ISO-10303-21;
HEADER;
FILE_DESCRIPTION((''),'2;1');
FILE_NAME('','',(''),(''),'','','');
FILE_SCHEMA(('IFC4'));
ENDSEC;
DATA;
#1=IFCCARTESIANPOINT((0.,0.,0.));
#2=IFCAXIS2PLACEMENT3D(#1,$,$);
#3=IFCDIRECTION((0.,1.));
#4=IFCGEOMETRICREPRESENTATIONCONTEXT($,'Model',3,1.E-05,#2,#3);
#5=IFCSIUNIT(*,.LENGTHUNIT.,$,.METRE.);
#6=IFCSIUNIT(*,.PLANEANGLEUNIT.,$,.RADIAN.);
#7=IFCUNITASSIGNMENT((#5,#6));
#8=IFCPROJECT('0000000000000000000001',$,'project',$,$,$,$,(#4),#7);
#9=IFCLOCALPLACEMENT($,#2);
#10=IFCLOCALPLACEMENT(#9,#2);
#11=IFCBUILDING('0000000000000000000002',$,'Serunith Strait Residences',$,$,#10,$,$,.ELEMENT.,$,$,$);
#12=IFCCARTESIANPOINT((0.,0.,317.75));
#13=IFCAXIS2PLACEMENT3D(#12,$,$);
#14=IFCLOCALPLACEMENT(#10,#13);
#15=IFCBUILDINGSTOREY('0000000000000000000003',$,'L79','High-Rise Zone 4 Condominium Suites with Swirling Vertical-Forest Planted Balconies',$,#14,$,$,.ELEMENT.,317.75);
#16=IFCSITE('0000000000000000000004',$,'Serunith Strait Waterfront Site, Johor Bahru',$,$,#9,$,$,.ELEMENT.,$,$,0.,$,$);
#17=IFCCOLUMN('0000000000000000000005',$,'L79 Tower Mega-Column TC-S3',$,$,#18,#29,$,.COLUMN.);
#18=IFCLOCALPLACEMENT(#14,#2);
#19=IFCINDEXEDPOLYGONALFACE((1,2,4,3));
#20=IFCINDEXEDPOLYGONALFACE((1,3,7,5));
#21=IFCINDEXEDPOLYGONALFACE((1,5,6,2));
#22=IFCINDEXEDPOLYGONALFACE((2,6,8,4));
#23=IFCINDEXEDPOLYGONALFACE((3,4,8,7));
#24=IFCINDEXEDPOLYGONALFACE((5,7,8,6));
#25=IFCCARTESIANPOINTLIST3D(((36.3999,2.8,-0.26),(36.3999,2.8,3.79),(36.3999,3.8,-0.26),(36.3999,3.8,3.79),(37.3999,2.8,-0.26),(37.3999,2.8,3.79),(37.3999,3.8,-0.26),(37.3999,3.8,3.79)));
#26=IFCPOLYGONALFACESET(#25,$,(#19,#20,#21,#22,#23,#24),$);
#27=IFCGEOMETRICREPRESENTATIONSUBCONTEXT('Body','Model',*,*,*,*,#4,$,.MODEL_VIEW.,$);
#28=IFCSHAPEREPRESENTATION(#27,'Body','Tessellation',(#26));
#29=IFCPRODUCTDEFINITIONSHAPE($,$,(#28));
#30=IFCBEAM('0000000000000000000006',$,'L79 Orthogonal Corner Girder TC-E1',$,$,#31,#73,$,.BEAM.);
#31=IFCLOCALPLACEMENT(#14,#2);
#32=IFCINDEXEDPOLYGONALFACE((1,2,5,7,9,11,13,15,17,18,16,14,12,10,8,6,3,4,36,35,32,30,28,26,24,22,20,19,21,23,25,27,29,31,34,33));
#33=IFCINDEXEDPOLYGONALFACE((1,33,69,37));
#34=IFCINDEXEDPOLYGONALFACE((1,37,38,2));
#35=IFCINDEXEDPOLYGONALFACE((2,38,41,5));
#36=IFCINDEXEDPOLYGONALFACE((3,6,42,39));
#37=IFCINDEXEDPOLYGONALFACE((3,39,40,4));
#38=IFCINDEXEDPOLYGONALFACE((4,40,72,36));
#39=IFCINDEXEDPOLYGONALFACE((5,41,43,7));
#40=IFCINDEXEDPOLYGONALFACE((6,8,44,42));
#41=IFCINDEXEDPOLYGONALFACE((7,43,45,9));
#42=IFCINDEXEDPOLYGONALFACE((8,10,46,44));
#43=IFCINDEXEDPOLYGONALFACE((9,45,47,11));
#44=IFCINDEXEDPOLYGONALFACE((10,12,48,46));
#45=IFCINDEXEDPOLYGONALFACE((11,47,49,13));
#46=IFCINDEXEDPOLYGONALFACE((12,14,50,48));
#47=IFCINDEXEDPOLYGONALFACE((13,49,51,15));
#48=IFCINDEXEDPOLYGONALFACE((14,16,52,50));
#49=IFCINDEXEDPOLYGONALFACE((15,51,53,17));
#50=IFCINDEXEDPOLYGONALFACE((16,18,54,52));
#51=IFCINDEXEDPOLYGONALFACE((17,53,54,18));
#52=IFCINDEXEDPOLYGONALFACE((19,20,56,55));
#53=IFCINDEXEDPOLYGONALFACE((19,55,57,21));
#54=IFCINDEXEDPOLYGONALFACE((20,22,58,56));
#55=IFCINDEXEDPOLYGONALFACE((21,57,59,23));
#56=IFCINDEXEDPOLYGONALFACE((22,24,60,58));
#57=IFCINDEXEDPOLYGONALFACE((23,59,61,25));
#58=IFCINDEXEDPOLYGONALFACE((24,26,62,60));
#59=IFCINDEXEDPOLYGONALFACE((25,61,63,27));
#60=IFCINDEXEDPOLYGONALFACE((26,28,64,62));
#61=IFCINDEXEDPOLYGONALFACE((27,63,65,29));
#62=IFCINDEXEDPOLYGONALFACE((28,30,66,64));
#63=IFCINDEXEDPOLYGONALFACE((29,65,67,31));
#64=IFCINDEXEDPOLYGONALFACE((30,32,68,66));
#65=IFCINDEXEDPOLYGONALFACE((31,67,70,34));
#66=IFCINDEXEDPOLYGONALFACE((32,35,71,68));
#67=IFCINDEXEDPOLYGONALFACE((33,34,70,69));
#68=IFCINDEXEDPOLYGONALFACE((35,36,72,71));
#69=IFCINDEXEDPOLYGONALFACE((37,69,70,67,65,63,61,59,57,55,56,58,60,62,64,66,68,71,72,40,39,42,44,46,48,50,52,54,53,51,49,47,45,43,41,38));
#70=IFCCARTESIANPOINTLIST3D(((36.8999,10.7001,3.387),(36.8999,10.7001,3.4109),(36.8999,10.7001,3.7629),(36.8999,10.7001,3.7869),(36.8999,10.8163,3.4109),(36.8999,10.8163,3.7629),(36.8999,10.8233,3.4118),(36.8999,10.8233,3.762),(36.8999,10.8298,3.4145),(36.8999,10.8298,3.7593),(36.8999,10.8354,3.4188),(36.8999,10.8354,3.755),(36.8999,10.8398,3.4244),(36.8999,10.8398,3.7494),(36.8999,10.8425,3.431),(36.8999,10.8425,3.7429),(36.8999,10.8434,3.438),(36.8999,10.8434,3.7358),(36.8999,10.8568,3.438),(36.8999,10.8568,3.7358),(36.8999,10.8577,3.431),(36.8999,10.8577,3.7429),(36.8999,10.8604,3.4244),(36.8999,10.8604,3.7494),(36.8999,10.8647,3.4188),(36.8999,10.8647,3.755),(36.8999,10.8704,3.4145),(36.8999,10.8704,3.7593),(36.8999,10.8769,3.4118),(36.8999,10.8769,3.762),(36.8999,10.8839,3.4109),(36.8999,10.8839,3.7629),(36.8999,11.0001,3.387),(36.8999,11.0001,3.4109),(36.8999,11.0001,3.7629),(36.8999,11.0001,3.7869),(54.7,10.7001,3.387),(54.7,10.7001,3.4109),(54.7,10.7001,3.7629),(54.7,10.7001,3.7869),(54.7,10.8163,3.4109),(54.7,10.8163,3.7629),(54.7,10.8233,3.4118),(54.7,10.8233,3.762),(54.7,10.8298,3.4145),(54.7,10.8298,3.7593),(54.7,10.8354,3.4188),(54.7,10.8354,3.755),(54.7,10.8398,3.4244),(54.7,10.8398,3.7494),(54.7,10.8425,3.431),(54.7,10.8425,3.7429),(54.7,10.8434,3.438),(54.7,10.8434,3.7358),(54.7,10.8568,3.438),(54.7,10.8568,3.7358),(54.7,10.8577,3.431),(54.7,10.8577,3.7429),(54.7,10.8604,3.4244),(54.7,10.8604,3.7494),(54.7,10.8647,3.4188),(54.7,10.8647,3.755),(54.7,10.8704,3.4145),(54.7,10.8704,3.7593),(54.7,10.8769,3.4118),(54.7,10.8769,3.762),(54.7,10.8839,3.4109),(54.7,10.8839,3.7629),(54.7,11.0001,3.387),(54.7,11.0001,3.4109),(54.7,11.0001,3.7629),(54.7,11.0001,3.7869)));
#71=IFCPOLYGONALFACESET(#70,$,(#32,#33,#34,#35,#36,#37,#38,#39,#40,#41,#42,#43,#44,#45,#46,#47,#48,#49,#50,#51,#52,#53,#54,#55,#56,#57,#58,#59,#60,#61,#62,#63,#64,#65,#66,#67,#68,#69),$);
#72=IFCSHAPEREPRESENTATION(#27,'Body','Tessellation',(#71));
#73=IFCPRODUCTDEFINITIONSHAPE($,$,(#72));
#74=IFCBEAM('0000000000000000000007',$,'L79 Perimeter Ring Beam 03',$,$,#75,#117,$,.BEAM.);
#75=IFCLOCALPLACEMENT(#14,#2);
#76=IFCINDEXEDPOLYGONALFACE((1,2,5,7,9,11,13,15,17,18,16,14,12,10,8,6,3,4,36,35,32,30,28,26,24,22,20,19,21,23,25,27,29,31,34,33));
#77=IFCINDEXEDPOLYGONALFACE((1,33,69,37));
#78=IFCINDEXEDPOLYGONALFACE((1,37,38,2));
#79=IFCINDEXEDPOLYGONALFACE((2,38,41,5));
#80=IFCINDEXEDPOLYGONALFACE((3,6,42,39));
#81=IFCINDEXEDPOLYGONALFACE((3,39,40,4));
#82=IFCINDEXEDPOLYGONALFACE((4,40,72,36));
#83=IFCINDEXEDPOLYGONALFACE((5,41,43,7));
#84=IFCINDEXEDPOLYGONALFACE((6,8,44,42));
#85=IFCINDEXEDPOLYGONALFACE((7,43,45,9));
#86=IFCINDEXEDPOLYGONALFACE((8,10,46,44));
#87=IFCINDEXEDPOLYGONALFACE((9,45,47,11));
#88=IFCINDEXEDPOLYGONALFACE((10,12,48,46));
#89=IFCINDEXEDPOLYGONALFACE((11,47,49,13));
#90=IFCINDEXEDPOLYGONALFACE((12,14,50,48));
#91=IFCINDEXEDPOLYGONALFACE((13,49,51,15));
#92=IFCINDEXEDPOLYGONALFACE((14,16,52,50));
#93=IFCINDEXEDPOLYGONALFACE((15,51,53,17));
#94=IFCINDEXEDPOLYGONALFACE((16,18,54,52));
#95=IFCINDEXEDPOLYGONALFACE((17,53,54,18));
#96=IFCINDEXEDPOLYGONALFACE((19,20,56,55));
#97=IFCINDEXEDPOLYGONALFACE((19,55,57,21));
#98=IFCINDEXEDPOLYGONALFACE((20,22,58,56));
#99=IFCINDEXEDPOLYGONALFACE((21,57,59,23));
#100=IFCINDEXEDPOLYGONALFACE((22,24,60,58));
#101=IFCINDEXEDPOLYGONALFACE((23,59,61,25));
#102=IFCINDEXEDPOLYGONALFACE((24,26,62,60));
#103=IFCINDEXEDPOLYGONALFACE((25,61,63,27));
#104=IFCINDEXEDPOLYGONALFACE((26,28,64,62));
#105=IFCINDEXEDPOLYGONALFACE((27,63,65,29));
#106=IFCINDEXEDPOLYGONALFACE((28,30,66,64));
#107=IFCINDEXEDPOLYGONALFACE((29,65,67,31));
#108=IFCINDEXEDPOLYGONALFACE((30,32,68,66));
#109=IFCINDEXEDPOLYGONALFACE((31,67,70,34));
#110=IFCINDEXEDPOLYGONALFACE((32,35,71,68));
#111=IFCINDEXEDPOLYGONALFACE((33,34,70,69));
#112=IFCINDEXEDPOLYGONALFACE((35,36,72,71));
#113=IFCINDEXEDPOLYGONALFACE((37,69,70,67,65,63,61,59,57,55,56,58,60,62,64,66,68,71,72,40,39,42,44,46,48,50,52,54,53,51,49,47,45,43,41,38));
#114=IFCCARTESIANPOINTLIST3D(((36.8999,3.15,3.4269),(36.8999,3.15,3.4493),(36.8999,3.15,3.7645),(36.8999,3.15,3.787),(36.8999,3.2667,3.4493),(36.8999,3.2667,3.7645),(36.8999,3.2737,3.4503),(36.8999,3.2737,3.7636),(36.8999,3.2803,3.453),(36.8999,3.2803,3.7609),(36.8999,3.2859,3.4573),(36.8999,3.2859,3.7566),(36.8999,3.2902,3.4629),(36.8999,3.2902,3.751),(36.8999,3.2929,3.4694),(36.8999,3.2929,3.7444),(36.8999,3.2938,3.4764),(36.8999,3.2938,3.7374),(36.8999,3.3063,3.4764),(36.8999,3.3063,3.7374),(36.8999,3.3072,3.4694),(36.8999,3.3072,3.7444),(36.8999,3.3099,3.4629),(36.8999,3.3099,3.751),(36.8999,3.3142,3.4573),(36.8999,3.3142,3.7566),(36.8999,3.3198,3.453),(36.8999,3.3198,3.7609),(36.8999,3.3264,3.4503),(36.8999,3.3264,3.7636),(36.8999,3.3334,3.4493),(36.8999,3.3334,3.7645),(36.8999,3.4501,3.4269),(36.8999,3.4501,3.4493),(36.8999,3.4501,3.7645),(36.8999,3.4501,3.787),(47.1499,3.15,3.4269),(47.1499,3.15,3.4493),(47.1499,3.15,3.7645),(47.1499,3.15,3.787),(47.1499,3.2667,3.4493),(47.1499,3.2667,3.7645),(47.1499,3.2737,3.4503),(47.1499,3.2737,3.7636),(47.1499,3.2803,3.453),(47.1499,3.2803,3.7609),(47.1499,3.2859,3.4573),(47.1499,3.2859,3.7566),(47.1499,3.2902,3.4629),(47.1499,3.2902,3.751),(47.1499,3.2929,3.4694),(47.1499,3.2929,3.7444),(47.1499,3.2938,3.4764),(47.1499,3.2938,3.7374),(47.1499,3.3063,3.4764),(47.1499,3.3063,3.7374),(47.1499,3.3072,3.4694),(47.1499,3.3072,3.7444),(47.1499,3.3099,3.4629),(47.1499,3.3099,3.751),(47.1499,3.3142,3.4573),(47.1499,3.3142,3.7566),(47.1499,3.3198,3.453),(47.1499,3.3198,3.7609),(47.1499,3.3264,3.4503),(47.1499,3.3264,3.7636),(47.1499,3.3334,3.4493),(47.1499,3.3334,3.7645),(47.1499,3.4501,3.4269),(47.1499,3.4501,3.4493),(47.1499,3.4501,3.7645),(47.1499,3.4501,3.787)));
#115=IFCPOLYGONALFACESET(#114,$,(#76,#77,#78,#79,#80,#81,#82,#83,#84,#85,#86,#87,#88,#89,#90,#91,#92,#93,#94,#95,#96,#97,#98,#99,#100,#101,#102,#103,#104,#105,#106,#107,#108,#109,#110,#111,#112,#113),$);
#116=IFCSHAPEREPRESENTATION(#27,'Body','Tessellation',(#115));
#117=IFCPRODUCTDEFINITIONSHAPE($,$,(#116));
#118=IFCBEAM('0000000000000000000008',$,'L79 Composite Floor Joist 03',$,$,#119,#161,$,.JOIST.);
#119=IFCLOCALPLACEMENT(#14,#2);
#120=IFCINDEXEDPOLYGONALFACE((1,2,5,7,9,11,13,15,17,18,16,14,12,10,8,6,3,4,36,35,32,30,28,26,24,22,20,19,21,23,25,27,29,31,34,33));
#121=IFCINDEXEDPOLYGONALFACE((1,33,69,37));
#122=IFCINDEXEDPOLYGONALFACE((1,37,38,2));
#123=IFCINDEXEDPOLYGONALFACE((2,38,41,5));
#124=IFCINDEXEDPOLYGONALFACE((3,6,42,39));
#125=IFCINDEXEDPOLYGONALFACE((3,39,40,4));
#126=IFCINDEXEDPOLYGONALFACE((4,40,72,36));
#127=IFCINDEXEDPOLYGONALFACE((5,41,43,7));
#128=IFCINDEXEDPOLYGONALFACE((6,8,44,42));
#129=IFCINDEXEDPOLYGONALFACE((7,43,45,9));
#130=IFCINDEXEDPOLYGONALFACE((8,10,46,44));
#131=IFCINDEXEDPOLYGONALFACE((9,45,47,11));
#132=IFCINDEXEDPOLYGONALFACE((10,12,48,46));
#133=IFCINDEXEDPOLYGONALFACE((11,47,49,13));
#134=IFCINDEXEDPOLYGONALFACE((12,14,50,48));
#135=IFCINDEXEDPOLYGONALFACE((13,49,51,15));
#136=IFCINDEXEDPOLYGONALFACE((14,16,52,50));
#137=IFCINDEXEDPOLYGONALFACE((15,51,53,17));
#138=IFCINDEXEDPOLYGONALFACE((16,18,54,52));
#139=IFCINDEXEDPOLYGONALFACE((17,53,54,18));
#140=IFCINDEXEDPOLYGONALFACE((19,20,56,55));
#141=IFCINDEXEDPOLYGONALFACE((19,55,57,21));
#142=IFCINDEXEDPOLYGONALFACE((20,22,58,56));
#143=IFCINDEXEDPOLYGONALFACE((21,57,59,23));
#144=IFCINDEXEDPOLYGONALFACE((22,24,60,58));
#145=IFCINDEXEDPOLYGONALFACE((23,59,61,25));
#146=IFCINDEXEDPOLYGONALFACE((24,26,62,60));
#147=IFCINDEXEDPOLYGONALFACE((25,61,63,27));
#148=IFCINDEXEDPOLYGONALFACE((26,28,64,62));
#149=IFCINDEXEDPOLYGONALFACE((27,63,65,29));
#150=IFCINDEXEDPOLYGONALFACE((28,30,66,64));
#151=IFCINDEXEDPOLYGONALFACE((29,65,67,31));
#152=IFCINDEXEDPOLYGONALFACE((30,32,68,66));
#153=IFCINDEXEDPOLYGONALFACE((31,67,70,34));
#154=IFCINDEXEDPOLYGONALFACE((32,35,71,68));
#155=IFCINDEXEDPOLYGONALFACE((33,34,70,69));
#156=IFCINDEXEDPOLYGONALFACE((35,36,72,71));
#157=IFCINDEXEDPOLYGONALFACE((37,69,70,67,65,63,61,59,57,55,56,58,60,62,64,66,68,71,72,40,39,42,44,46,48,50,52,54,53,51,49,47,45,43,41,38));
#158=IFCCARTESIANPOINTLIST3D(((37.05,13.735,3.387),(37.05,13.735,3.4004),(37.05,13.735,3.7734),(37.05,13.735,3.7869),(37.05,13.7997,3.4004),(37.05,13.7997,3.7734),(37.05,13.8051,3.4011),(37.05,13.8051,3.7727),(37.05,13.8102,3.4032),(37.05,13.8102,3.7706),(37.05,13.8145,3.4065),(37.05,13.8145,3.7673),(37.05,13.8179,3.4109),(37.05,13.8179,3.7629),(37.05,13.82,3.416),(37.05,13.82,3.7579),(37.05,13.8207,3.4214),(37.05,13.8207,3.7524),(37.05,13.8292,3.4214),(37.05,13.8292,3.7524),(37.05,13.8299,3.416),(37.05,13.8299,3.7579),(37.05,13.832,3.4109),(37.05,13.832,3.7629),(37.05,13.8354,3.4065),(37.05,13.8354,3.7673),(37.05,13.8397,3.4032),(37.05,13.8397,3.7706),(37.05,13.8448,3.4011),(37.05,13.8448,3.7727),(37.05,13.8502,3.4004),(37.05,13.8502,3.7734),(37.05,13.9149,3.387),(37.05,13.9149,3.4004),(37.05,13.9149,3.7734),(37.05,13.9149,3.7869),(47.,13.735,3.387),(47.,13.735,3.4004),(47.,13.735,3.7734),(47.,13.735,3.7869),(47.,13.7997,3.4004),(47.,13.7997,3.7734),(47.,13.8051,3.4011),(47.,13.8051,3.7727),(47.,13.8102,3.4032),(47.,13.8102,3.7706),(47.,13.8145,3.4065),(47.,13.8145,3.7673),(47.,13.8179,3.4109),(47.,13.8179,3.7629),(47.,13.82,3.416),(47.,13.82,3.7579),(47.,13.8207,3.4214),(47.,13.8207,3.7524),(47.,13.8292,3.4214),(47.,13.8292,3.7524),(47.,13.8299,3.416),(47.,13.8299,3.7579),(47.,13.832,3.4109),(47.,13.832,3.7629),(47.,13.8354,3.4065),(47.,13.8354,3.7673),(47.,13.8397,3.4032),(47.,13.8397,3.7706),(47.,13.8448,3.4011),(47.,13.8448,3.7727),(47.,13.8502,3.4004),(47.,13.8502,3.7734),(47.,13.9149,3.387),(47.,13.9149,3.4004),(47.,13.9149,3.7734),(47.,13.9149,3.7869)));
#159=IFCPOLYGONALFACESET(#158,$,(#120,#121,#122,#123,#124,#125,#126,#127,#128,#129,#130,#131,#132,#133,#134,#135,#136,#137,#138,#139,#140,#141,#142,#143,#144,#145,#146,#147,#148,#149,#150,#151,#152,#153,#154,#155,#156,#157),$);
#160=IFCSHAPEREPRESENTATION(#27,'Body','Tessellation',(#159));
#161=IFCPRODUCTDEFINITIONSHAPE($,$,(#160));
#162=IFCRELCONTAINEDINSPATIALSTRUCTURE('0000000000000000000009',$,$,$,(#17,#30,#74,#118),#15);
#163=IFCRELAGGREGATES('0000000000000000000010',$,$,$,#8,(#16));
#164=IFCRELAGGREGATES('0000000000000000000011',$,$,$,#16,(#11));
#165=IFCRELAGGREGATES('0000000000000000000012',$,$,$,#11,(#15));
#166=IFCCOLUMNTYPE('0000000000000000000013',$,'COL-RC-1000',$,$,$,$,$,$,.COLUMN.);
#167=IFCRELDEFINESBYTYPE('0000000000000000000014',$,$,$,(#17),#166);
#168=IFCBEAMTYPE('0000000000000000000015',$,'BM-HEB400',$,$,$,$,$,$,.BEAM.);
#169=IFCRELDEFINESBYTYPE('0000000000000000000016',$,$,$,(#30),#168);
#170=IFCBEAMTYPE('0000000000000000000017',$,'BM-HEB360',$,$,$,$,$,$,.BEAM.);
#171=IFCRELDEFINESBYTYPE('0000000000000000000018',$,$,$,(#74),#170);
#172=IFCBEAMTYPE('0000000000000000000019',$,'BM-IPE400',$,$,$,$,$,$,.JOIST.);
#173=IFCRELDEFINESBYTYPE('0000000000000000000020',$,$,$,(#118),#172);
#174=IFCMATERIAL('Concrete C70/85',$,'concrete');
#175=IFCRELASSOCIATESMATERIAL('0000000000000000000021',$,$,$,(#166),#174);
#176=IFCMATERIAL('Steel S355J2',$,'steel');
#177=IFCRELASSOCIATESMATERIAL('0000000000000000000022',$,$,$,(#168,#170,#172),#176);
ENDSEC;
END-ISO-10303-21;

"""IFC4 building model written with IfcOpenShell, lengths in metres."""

from ifc_helpers import new_model, si_unit, direction, frame, origin, origin_2d, place, context, subcontext, project, spatial, rectangle, i_section, extrude, source, transform, mapped, material, material_profile, profile_set, type_object, element, save


model = new_model("IFC4")

# Units and contexts
model_context = context("Model", 3, precision=1e-05, world=origin(), true_north=direction((0.0, 1.0)))
body_context = subcontext(model_context, "Body", "Model", "MODEL_VIEW")
ifc_project = project(units=[si_unit("LENGTHUNIT", "METRE"), si_unit("PLANEANGLEUNIT", "RADIAN")], contexts=[model_context])

# Site, building, storey
site_placement = place(None, origin())
site = spatial("IfcSite", under=ifc_project, at=site_placement, Name="Serunith Strait Waterfront Site, Johor Bahru", CompositionType="ELEMENT", RefElevation=0.0)
building_placement = place(site_placement, origin())
building = spatial("IfcBuilding", under=site, at=building_placement, Name="Serunith Strait Residences", CompositionType="ELEMENT")
storey_placement = place(building_placement, frame((0.0, 0.0, 317.75)))
storey = spatial("IfcBuildingStorey", under=building, at=storey_placement, Name="L79", Description="High-Rise Zone 4 Condominium Suites with Swirling Vertical-Forest Planted Balconies", CompositionType="ELEMENT", Elevation=317.75)

# Column
ifc_material_1 = material(Name="Concrete C70/85", Category="concrete")
ifc_material_profile_1 = material_profile(ifc_material_1, rectangle(XDim=1.0, YDim=1.0, at=origin_2d()), Name="RC 1000x1000")
ifc_profile_set_1 = profile_set([ifc_material_profile_1], Name="Concrete C70/85")
column_type = type_object("IfcColumnType", Name="COL-RC-1000", PredefinedType="COLUMN", material=ifc_profile_set_1)
shared_shape_1 = source(origin(), body_context, "Body", "SweptSolid", [
    extrude(rectangle(XDim=1.0, YDim=1.0, at=origin_2d()), origin(), (0.0, 0.0, 1.0), 4.05),
])
column_placement = place(storey_placement, frame((36.8999, 3.3, -0.26), z_axis=(0.0, 0.0, 1.0), x_axis=(1.0, 0.0, 0.0)))
element("IfcColumn", 1, at=column_placement, inside=storey, type_object=column_type, Name="L79 Tower Mega-Column TC-S3", PredefinedType="COLUMN", context=body_context, shape_type="MappedRepresentation", body=[
    mapped(shared_shape_1, transform((0.0, 0.0, 0.0), scale=1.0)),
])

# Beams
ifc_material_2 = material(Name="Steel S355J2", Category="steel")
ifc_material_profile_2 = material_profile(ifc_material_2, i_section(OverallWidth=0.3, OverallDepth=0.3999, WebThickness=0.0134, FlangeThickness=0.0239, FilletRadius=0.0271, at=origin_2d()), Name="HEB 400")
ifc_profile_set_2 = profile_set([ifc_material_profile_2], Name="Steel S355J2")
beam_type_1 = type_object("IfcBeamType", Name="BM-HEB400", PredefinedType="BEAM", material=ifc_profile_set_2)
shared_shape_2 = source(origin(), body_context, "Body", "SweptSolid", [
    extrude(i_section(OverallWidth=0.3, OverallDepth=0.3999, WebThickness=0.0134, FlangeThickness=0.0239, FilletRadius=0.0271, at=origin_2d()), origin(), (0.0, 0.0, 1.0), 17.8),
])
beam_1_placement = place(storey_placement, frame((36.8999, 10.8501, 3.5869), z_axis=(1.0, 0.0, 0.0), x_axis=(0.0, 1.0, 0.0)))
element("IfcBeam", 2, at=beam_1_placement, inside=storey, type_object=beam_type_1, Name="L79 Orthogonal Corner Girder TC-E1", PredefinedType="BEAM", context=body_context, shape_type="MappedRepresentation", body=[
    mapped(shared_shape_2, transform((0.0, 0.0, 0.0), scale=1.0)),
])
ifc_material_profile_3 = material_profile(ifc_material_2, i_section(OverallWidth=0.3, OverallDepth=0.3601, WebThickness=0.0125, FlangeThickness=0.0225, FilletRadius=0.0271, at=origin_2d()), Name="HEB 360")
ifc_profile_set_3 = profile_set([ifc_material_profile_3], Name="Steel S355J2")
beam_type_2 = type_object("IfcBeamType", Name="BM-HEB360", PredefinedType="BEAM", material=ifc_profile_set_3)
shared_shape_3 = source(origin(), body_context, "Body", "SweptSolid", [
    extrude(i_section(OverallWidth=0.3, OverallDepth=0.3601, WebThickness=0.0125, FlangeThickness=0.0225, FilletRadius=0.0271, at=origin_2d()), origin(), (0.0, 0.0, 1.0), 10.25),
])
beam_2_placement = place(storey_placement, frame((36.8999, 3.3, 3.6069), z_axis=(1.0, 0.0, 0.0), x_axis=(0.0, 1.0, 0.0)))
element("IfcBeam", 3, at=beam_2_placement, inside=storey, type_object=beam_type_2, Name="L79 Perimeter Ring Beam 03", PredefinedType="BEAM", context=body_context, shape_type="MappedRepresentation", body=[
    mapped(shared_shape_3, transform((0.0, 0.0, 0.0), scale=1.0)),
])
ifc_material_profile_4 = material_profile(ifc_material_2, i_section(OverallWidth=0.1799, OverallDepth=0.3999, WebThickness=0.0085, FlangeThickness=0.0134, FilletRadius=0.021, at=origin_2d()), Name="IPE 400")
ifc_profile_set_4 = profile_set([ifc_material_profile_4], Name="Steel S355J2")
beam_type_3 = type_object("IfcBeamType", Name="BM-IPE400", PredefinedType="JOIST", material=ifc_profile_set_4)
shared_shape_4 = source(origin(), body_context, "Body", "SweptSolid", [
    extrude(i_section(OverallWidth=0.1799, OverallDepth=0.3999, WebThickness=0.0085, FlangeThickness=0.0134, FilletRadius=0.021, at=origin_2d()), origin(), (0.0, 0.0, 1.0), 9.95),
])
beam_3_placement = place(storey_placement, frame((37.05, 13.825, 3.5869), z_axis=(1.0, 0.0, 0.0), x_axis=(0.0, 1.0, 0.0)))
element("IfcBeam", 4, at=beam_3_placement, inside=storey, type_object=beam_type_3, Name="L79 Composite Floor Joist 03", PredefinedType="JOIST", context=body_context, shape_type="MappedRepresentation", body=[
    mapped(shared_shape_4, transform((0.0, 0.0, 0.0), scale=1.0)),
])

save(model, "model.ifc")
